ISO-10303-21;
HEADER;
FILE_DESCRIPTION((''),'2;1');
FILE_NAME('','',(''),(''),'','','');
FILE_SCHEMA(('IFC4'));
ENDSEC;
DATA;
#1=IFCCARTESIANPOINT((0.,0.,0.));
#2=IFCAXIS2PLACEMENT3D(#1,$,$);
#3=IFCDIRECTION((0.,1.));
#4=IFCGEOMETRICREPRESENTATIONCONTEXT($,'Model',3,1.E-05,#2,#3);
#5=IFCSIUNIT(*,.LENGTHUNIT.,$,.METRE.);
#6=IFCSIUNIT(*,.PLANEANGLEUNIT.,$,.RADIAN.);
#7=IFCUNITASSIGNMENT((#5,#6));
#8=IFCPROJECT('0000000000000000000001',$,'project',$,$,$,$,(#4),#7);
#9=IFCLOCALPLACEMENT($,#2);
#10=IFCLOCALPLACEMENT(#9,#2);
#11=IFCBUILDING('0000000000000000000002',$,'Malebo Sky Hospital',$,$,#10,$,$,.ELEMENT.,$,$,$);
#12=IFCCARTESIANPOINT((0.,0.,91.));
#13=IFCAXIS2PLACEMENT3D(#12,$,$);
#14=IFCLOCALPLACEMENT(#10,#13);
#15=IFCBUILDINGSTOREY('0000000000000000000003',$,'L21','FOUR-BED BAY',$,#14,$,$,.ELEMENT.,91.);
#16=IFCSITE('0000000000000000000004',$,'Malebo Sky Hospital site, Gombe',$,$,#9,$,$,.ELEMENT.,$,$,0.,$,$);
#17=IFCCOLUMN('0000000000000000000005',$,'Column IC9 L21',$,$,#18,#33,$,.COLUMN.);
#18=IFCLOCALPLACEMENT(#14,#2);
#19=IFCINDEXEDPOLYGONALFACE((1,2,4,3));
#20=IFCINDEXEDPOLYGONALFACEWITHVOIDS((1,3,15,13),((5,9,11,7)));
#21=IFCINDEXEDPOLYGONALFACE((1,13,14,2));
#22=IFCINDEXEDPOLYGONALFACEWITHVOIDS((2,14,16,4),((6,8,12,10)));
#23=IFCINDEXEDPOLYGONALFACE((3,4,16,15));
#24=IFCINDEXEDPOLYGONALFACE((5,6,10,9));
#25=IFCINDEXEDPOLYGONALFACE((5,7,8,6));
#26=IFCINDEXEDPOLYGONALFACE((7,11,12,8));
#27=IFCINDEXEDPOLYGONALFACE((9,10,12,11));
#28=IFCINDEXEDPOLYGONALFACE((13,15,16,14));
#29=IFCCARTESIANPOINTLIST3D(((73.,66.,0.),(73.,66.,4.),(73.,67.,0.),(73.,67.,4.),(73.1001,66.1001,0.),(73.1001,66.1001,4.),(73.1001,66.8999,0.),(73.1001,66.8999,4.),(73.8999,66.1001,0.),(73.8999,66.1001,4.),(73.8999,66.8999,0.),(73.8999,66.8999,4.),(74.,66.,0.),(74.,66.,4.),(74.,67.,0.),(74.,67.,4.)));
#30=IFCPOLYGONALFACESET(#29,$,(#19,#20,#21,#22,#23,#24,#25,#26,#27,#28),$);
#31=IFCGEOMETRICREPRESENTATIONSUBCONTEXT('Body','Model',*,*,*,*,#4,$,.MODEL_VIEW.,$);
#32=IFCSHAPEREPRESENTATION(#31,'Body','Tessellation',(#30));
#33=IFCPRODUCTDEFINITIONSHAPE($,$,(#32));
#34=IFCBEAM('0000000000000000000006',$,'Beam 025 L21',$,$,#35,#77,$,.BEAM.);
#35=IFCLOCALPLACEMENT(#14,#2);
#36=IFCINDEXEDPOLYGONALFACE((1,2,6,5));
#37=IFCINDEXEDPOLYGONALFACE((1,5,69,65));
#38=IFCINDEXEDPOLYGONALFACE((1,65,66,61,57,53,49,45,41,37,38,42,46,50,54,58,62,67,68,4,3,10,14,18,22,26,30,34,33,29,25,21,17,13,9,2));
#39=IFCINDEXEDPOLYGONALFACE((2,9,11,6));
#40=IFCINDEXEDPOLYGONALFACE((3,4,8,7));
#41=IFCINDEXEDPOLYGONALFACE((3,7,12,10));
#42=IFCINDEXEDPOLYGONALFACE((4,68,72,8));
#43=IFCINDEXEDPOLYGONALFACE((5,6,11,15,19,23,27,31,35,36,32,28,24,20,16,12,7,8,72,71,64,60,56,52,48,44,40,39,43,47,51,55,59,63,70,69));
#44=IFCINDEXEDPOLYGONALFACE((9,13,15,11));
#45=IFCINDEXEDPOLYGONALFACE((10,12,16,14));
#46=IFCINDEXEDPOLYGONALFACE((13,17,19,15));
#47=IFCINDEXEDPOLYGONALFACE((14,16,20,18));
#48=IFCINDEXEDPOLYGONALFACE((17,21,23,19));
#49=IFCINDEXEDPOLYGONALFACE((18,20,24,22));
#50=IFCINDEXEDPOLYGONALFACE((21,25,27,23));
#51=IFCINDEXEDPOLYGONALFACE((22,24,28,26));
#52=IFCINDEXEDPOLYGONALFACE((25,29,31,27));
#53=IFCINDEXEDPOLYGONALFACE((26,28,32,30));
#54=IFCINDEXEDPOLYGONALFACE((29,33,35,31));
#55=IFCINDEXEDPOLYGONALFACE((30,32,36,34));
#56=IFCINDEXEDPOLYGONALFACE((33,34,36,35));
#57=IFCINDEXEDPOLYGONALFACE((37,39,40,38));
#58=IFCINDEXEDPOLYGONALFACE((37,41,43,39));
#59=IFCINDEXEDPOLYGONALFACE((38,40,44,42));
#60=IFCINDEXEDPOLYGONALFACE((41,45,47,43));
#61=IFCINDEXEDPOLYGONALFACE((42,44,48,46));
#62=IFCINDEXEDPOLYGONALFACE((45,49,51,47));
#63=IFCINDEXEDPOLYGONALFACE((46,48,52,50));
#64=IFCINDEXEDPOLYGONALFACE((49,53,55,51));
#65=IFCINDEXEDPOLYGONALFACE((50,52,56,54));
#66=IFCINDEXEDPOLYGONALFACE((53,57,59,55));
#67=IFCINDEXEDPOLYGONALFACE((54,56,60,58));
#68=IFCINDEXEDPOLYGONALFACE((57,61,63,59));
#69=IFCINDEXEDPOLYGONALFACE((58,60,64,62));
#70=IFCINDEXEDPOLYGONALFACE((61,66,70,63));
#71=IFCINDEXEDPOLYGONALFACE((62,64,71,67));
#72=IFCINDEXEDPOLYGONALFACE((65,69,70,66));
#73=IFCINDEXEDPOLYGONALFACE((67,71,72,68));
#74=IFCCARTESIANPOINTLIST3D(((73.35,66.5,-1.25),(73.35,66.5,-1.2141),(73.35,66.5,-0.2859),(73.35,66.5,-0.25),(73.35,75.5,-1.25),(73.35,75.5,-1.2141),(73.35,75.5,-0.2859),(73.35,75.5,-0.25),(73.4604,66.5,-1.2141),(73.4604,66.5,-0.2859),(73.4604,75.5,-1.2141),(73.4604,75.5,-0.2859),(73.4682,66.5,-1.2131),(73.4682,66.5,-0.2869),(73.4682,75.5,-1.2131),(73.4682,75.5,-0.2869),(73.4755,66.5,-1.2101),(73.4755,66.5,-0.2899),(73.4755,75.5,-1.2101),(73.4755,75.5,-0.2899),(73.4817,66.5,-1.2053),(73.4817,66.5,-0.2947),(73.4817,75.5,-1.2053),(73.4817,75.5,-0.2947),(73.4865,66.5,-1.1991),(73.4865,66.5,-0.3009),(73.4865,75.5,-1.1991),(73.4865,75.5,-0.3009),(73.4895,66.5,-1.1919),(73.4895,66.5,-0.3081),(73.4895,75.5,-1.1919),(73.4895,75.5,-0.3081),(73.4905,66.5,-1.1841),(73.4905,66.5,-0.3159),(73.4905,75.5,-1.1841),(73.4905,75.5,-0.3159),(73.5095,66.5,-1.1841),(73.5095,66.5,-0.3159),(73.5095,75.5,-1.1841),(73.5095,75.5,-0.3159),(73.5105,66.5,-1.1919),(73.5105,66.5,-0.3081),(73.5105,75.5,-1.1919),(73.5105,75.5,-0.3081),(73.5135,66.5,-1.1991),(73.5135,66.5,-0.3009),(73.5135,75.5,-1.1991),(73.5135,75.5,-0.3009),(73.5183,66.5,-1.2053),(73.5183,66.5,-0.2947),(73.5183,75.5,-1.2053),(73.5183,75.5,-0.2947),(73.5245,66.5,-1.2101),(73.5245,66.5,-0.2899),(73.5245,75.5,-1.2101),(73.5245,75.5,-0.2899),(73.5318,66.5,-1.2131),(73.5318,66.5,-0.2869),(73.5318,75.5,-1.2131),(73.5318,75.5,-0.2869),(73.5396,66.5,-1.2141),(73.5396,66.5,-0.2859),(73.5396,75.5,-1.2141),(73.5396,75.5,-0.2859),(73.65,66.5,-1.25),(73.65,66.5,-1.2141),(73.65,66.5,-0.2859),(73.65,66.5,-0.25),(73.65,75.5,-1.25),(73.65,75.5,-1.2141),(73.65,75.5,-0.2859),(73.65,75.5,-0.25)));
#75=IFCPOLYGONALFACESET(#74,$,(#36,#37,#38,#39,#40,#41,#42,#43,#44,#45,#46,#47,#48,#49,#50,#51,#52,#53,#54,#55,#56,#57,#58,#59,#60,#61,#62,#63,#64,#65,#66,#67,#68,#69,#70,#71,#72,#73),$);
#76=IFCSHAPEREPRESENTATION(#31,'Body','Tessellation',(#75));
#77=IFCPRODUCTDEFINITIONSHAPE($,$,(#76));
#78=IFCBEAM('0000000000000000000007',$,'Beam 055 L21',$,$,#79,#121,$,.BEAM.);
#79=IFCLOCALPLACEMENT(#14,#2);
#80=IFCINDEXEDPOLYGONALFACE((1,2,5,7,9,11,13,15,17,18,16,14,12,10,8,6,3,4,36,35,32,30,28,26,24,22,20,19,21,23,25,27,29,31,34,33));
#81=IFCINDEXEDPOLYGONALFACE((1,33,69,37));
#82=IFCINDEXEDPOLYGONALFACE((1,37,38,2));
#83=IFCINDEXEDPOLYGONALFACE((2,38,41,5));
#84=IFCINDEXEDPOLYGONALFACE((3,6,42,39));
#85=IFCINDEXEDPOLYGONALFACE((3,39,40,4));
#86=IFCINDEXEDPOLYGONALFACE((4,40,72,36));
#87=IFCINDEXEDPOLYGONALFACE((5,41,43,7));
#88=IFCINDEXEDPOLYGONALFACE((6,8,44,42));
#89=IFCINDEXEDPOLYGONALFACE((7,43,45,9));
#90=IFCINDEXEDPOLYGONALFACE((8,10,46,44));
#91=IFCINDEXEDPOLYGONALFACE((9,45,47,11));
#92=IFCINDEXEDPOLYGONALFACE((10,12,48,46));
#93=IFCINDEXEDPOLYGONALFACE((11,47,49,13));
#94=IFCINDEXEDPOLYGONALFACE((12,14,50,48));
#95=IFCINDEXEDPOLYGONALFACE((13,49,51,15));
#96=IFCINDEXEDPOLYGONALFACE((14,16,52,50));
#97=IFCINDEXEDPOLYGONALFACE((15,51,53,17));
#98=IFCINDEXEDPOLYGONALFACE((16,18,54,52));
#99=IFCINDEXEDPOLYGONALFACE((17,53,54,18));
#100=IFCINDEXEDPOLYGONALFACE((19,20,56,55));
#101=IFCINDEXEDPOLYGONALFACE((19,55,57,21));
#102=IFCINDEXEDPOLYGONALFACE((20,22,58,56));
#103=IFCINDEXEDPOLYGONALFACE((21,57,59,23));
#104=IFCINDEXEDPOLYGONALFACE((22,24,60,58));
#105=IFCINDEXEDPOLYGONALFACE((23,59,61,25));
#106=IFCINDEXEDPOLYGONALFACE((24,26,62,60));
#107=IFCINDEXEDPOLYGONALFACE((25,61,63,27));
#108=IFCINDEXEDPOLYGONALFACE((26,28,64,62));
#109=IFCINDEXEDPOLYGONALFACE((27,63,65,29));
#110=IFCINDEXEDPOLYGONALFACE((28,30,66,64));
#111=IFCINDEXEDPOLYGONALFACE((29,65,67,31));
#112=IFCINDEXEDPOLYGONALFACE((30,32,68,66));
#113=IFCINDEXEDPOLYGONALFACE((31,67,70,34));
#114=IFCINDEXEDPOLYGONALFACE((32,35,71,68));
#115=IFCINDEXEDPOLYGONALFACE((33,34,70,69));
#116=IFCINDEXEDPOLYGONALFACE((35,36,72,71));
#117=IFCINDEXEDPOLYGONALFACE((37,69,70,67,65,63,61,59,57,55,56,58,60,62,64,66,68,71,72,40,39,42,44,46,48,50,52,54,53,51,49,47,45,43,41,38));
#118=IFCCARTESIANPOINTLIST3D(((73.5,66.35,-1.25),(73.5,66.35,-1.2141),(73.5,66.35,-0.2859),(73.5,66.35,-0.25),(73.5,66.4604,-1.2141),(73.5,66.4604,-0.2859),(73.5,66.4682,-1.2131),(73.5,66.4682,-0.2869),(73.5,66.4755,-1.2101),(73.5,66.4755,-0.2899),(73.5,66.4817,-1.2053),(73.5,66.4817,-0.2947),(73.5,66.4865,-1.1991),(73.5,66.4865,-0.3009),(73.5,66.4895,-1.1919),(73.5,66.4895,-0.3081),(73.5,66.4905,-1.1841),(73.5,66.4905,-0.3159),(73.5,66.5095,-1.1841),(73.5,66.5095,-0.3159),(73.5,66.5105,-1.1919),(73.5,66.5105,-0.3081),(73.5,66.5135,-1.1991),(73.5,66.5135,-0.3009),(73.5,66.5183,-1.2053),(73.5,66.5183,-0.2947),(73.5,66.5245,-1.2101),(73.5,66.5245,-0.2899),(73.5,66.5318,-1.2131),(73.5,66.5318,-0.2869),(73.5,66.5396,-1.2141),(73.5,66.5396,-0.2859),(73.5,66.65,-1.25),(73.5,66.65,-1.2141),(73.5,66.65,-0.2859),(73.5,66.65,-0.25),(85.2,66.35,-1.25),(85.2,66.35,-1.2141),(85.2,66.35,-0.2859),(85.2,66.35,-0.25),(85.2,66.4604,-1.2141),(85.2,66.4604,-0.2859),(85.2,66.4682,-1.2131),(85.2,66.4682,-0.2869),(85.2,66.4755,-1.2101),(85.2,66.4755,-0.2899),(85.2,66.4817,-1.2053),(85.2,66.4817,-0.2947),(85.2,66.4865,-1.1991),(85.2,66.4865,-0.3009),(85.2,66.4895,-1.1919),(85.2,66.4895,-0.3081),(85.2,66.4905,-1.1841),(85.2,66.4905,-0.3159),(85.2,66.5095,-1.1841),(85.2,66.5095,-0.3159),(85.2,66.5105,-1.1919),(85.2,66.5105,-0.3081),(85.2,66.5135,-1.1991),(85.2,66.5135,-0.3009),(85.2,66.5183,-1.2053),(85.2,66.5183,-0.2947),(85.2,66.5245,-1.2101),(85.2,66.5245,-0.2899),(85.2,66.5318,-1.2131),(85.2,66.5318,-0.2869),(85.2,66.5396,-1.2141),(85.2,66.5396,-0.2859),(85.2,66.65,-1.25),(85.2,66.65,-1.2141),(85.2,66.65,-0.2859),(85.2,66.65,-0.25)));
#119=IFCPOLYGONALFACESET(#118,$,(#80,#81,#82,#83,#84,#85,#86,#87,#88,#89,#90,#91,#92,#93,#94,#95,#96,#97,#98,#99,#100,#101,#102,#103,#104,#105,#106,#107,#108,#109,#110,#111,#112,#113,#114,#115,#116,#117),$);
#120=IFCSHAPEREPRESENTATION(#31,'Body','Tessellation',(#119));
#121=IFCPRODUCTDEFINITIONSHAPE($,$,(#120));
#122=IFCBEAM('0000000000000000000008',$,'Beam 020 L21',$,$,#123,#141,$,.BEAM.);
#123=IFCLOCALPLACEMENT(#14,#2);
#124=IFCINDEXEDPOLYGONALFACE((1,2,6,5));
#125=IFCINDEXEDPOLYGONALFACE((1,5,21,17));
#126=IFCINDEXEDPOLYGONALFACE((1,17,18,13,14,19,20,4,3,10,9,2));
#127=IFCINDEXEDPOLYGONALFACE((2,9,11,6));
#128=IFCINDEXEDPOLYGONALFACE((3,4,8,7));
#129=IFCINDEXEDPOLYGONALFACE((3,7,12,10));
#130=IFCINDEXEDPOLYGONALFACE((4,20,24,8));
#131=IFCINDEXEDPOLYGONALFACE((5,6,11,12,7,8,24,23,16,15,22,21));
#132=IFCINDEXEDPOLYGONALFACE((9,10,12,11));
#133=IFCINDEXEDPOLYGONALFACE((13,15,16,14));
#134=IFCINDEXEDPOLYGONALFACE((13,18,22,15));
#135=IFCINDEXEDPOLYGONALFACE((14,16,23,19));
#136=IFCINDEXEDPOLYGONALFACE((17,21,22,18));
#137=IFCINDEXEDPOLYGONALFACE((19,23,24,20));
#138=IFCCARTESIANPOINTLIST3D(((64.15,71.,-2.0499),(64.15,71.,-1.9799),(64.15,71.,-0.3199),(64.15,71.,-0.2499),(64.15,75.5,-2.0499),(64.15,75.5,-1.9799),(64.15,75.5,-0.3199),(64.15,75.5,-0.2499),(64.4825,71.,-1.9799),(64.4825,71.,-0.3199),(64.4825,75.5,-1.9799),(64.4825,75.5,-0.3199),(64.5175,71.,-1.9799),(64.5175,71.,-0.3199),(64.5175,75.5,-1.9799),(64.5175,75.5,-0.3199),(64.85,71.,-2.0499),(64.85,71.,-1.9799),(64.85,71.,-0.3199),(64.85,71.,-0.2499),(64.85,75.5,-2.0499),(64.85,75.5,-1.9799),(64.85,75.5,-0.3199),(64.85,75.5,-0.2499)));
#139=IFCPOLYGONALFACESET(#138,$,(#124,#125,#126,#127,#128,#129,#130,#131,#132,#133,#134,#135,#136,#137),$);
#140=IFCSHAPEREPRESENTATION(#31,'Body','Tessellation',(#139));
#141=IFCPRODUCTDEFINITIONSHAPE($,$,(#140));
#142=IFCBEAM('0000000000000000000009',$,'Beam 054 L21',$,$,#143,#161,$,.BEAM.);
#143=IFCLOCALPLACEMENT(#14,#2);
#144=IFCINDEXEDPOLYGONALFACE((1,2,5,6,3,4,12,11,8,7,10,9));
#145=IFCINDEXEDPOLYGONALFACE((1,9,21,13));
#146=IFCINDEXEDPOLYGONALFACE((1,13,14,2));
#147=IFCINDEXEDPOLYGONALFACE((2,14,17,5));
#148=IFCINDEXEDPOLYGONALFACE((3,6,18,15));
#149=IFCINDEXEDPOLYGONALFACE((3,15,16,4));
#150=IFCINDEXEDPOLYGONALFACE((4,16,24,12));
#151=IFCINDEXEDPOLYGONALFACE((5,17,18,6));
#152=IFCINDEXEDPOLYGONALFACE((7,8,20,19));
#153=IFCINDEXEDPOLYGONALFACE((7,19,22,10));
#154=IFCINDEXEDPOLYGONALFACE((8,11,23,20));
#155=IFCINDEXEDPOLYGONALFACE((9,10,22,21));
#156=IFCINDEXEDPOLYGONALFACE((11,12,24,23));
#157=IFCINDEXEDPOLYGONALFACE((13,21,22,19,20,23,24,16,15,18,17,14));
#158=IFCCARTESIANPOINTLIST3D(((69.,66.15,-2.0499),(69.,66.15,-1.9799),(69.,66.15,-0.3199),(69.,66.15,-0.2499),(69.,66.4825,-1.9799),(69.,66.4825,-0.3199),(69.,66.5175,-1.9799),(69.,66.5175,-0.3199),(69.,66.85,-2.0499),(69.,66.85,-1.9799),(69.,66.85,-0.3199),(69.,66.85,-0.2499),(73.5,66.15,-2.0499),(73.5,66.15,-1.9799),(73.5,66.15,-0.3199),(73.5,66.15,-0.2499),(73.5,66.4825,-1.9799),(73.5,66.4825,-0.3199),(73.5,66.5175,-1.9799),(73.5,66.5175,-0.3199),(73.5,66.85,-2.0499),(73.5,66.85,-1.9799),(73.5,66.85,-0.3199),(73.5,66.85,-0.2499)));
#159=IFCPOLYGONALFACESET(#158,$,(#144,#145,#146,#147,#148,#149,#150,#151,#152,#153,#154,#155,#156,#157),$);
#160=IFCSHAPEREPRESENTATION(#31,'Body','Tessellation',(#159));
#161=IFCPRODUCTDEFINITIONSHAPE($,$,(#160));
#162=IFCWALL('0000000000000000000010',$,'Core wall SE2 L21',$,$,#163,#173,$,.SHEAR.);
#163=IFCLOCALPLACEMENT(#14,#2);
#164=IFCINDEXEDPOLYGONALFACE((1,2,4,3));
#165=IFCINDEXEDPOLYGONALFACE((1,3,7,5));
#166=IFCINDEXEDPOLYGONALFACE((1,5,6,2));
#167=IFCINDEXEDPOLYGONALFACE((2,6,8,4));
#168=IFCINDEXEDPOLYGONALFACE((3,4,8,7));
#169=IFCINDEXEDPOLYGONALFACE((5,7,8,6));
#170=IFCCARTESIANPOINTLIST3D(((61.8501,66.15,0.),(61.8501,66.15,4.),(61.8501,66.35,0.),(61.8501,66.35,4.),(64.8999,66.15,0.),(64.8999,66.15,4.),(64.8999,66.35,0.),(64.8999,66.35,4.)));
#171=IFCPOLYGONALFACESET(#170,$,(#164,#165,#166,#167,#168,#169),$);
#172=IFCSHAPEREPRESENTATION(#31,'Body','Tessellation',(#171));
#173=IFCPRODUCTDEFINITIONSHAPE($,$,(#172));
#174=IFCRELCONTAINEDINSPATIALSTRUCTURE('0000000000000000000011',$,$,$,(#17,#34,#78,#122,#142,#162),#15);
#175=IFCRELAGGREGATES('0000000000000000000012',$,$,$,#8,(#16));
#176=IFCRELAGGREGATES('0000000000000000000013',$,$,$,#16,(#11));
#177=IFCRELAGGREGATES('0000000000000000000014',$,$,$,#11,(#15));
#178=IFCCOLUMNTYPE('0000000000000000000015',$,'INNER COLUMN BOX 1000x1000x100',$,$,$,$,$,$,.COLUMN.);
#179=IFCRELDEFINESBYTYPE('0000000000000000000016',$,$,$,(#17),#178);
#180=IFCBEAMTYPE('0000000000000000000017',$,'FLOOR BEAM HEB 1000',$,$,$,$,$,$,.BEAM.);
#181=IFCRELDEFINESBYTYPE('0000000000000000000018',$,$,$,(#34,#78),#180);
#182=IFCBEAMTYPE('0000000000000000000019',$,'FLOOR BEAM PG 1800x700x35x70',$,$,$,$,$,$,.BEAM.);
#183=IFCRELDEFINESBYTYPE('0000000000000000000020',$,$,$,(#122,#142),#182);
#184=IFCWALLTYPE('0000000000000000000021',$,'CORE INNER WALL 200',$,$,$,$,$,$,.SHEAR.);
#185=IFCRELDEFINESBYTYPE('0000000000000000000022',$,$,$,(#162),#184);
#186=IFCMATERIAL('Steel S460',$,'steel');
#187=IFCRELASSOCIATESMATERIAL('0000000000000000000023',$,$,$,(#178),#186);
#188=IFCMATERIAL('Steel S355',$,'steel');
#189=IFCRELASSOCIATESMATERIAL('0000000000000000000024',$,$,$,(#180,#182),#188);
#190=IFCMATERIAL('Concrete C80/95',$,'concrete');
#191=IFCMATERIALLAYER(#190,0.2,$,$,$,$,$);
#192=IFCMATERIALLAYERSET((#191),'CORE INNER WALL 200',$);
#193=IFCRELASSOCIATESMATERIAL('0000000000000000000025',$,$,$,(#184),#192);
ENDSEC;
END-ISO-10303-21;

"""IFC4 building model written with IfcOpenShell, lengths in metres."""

from ifc_helpers import new_model, si_unit, direction, frame, frame_2d, origin, origin_2d, place, context, subcontext, project, spatial, rectangle, hollow_rectangle, i_section, extrude, material, layer, layer_set, material_profile, profile_set, type_object, element, save


model = new_model("IFC4")

# Units and contexts
model_context = context("Model", 3, precision=1e-05, world=origin(), true_north=direction((0.0, 1.0)))
body_context = subcontext(model_context, "Body", "Model", "MODEL_VIEW")
ifc_project = project(units=[si_unit("LENGTHUNIT", "METRE"), si_unit("PLANEANGLEUNIT", "RADIAN")], contexts=[model_context])

# Site, building, storey
site_placement = place(None, origin())
site = spatial("IfcSite", under=ifc_project, at=site_placement, Name="Malebo Sky Hospital site, Gombe", CompositionType="ELEMENT", RefElevation=0.0)
building_placement = place(site_placement, origin())
building = spatial("IfcBuilding", under=site, at=building_placement, Name="Malebo Sky Hospital", CompositionType="ELEMENT")
storey_placement = place(building_placement, frame((0.0, 0.0, 91.0)))
storey = spatial("IfcBuildingStorey", under=building, at=storey_placement, Name="L21", Description="FOUR-BED BAY", CompositionType="ELEMENT", Elevation=91.0)

# Column
ifc_material_1 = material(Name="Steel S460", Category="steel")
ifc_material_profile_1 = material_profile(ifc_material_1, hollow_rectangle(XDim=1.0, YDim=1.0, WallThickness=0.1001, at=origin_2d()), Name="BOX 1000x1000x100")
ifc_profile_set_1 = profile_set([ifc_material_profile_1], Name="Steel S460")
column_type = type_object("IfcColumnType", Name="INNER COLUMN BOX 1000x1000x100", PredefinedType="COLUMN", material=ifc_profile_set_1)
column_placement = place(storey_placement, frame((73.5, 66.5, 0.0), z_axis=(0.0, 0.0, 1.0), x_axis=(1.0, 0.0, 0.0)))
element("IfcColumn", 1, at=column_placement, inside=storey, type_object=column_type, Name="Column IC9 L21", PredefinedType="COLUMN", context=body_context, shape_type="SweptSolid", body=[
    extrude(hollow_rectangle(XDim=1.0, YDim=1.0, WallThickness=0.1001, at=origin_2d()), origin(), (0.0, 0.0, 1.0), 4.0),
])

# Beams
ifc_material_2 = material(Name="Steel S355", Category="steel")
ifc_material_profile_2 = material_profile(ifc_material_2, i_section(OverallWidth=0.3, OverallDepth=1.0, WebThickness=0.019, FlangeThickness=0.0359, FilletRadius=0.03, at=origin_2d()), Name="HEB 1000")
ifc_profile_set_2 = profile_set([ifc_material_profile_2], Name="Steel S355")
beam_type_1 = type_object("IfcBeamType", Name="FLOOR BEAM HEB 1000", PredefinedType="BEAM", material=ifc_profile_set_2)
beam_1_placement = place(storey_placement, frame((73.5, 66.5, -0.75), z_axis=(0.0, 1.0, 0.0), x_axis=(-1.0, 0.0, 0.0)))
element("IfcBeam", 2, at=beam_1_placement, inside=storey, type_object=beam_type_1, Name="Beam 025 L21", PredefinedType="BEAM", context=body_context, shape_type="SweptSolid", body=[
    extrude(i_section(OverallWidth=0.3, OverallDepth=1.0, WebThickness=0.019, FlangeThickness=0.0359, FilletRadius=0.03, at=origin_2d()), origin(), (0.0, 0.0, 1.0), 9.0),
])
beam_2_placement = place(storey_placement, frame((73.5, 66.5, -0.75), z_axis=(1.0, 0.0, 0.0), x_axis=(0.0, 1.0, 0.0)))
element("IfcBeam", 3, at=beam_2_placement, inside=storey, type_object=beam_type_1, Name="Beam 055 L21", PredefinedType="BEAM", context=body_context, shape_type="SweptSolid", body=[
    extrude(i_section(OverallWidth=0.3, OverallDepth=1.0, WebThickness=0.019, FlangeThickness=0.0359, FilletRadius=0.03, at=origin_2d()), origin(), (0.0, 0.0, 1.0), 11.7),
])
ifc_material_profile_3 = material_profile(ifc_material_2, i_section(OverallWidth=0.7, OverallDepth=1.8, WebThickness=0.0349, FlangeThickness=0.0701, at=origin_2d()), Name="PG 1800x700x35x70")
ifc_profile_set_3 = profile_set([ifc_material_profile_3], Name="Steel S355")
beam_type_2 = type_object("IfcBeamType", Name="FLOOR BEAM PG 1800x700x35x70", PredefinedType="BEAM", material=ifc_profile_set_3)
for number, where, z_axis, x_axis, name in (
    (4, (64.5, 71.0, -1.1499), (0.0, 1.0, 0.0), (-1.0, 0.0, 0.0), "Beam 020 L21"),
    (5, (69.0, 66.5, -1.1499), (1.0, 0.0, 0.0), (0.0, 1.0, 0.0), "Beam 054 L21"),
):
    element("IfcBeam", number, at=place(storey_placement, frame(where, z_axis=z_axis, x_axis=x_axis)), inside=storey, type_object=beam_type_2, Name=name, PredefinedType="BEAM", context=body_context, shape_type="SweptSolid", body=[
        extrude(i_section(OverallWidth=0.7, OverallDepth=1.8, WebThickness=0.0349, FlangeThickness=0.0701, at=origin_2d()), origin(), (0.0, 0.0, 1.0), 4.5),
    ])

# Wall
ifc_material_3 = material(Name="Concrete C80/95", Category="concrete")
ifc_layer_1 = layer(ifc_material_3, 0.2)
ifc_layer_set_1 = layer_set([ifc_layer_1], Name="CORE INNER WALL 200")
wall_type_1 = type_object("IfcWallType", Name="CORE INNER WALL 200", PredefinedType="SHEAR", material=ifc_layer_set_1)
wall_1_placement = place(storey_placement, frame((61.8501, 66.25, 0.0), z_axis=(0.0, 0.0, 1.0), x_axis=(1.0, 0.0, 0.0)))
element("IfcWall", 6, at=wall_1_placement, inside=storey, type_object=wall_type_1, Name="Core wall SE2 L21", PredefinedType="SHEAR", context=body_context, shape_type="SweptSolid", body=[
    extrude(rectangle(XDim=3.0498, YDim=0.2, at=frame_2d((1.5249, 0.0))), origin(), (0.0, 0.0, 1.0), 4.0),
])

save(model, "model.ifc")
